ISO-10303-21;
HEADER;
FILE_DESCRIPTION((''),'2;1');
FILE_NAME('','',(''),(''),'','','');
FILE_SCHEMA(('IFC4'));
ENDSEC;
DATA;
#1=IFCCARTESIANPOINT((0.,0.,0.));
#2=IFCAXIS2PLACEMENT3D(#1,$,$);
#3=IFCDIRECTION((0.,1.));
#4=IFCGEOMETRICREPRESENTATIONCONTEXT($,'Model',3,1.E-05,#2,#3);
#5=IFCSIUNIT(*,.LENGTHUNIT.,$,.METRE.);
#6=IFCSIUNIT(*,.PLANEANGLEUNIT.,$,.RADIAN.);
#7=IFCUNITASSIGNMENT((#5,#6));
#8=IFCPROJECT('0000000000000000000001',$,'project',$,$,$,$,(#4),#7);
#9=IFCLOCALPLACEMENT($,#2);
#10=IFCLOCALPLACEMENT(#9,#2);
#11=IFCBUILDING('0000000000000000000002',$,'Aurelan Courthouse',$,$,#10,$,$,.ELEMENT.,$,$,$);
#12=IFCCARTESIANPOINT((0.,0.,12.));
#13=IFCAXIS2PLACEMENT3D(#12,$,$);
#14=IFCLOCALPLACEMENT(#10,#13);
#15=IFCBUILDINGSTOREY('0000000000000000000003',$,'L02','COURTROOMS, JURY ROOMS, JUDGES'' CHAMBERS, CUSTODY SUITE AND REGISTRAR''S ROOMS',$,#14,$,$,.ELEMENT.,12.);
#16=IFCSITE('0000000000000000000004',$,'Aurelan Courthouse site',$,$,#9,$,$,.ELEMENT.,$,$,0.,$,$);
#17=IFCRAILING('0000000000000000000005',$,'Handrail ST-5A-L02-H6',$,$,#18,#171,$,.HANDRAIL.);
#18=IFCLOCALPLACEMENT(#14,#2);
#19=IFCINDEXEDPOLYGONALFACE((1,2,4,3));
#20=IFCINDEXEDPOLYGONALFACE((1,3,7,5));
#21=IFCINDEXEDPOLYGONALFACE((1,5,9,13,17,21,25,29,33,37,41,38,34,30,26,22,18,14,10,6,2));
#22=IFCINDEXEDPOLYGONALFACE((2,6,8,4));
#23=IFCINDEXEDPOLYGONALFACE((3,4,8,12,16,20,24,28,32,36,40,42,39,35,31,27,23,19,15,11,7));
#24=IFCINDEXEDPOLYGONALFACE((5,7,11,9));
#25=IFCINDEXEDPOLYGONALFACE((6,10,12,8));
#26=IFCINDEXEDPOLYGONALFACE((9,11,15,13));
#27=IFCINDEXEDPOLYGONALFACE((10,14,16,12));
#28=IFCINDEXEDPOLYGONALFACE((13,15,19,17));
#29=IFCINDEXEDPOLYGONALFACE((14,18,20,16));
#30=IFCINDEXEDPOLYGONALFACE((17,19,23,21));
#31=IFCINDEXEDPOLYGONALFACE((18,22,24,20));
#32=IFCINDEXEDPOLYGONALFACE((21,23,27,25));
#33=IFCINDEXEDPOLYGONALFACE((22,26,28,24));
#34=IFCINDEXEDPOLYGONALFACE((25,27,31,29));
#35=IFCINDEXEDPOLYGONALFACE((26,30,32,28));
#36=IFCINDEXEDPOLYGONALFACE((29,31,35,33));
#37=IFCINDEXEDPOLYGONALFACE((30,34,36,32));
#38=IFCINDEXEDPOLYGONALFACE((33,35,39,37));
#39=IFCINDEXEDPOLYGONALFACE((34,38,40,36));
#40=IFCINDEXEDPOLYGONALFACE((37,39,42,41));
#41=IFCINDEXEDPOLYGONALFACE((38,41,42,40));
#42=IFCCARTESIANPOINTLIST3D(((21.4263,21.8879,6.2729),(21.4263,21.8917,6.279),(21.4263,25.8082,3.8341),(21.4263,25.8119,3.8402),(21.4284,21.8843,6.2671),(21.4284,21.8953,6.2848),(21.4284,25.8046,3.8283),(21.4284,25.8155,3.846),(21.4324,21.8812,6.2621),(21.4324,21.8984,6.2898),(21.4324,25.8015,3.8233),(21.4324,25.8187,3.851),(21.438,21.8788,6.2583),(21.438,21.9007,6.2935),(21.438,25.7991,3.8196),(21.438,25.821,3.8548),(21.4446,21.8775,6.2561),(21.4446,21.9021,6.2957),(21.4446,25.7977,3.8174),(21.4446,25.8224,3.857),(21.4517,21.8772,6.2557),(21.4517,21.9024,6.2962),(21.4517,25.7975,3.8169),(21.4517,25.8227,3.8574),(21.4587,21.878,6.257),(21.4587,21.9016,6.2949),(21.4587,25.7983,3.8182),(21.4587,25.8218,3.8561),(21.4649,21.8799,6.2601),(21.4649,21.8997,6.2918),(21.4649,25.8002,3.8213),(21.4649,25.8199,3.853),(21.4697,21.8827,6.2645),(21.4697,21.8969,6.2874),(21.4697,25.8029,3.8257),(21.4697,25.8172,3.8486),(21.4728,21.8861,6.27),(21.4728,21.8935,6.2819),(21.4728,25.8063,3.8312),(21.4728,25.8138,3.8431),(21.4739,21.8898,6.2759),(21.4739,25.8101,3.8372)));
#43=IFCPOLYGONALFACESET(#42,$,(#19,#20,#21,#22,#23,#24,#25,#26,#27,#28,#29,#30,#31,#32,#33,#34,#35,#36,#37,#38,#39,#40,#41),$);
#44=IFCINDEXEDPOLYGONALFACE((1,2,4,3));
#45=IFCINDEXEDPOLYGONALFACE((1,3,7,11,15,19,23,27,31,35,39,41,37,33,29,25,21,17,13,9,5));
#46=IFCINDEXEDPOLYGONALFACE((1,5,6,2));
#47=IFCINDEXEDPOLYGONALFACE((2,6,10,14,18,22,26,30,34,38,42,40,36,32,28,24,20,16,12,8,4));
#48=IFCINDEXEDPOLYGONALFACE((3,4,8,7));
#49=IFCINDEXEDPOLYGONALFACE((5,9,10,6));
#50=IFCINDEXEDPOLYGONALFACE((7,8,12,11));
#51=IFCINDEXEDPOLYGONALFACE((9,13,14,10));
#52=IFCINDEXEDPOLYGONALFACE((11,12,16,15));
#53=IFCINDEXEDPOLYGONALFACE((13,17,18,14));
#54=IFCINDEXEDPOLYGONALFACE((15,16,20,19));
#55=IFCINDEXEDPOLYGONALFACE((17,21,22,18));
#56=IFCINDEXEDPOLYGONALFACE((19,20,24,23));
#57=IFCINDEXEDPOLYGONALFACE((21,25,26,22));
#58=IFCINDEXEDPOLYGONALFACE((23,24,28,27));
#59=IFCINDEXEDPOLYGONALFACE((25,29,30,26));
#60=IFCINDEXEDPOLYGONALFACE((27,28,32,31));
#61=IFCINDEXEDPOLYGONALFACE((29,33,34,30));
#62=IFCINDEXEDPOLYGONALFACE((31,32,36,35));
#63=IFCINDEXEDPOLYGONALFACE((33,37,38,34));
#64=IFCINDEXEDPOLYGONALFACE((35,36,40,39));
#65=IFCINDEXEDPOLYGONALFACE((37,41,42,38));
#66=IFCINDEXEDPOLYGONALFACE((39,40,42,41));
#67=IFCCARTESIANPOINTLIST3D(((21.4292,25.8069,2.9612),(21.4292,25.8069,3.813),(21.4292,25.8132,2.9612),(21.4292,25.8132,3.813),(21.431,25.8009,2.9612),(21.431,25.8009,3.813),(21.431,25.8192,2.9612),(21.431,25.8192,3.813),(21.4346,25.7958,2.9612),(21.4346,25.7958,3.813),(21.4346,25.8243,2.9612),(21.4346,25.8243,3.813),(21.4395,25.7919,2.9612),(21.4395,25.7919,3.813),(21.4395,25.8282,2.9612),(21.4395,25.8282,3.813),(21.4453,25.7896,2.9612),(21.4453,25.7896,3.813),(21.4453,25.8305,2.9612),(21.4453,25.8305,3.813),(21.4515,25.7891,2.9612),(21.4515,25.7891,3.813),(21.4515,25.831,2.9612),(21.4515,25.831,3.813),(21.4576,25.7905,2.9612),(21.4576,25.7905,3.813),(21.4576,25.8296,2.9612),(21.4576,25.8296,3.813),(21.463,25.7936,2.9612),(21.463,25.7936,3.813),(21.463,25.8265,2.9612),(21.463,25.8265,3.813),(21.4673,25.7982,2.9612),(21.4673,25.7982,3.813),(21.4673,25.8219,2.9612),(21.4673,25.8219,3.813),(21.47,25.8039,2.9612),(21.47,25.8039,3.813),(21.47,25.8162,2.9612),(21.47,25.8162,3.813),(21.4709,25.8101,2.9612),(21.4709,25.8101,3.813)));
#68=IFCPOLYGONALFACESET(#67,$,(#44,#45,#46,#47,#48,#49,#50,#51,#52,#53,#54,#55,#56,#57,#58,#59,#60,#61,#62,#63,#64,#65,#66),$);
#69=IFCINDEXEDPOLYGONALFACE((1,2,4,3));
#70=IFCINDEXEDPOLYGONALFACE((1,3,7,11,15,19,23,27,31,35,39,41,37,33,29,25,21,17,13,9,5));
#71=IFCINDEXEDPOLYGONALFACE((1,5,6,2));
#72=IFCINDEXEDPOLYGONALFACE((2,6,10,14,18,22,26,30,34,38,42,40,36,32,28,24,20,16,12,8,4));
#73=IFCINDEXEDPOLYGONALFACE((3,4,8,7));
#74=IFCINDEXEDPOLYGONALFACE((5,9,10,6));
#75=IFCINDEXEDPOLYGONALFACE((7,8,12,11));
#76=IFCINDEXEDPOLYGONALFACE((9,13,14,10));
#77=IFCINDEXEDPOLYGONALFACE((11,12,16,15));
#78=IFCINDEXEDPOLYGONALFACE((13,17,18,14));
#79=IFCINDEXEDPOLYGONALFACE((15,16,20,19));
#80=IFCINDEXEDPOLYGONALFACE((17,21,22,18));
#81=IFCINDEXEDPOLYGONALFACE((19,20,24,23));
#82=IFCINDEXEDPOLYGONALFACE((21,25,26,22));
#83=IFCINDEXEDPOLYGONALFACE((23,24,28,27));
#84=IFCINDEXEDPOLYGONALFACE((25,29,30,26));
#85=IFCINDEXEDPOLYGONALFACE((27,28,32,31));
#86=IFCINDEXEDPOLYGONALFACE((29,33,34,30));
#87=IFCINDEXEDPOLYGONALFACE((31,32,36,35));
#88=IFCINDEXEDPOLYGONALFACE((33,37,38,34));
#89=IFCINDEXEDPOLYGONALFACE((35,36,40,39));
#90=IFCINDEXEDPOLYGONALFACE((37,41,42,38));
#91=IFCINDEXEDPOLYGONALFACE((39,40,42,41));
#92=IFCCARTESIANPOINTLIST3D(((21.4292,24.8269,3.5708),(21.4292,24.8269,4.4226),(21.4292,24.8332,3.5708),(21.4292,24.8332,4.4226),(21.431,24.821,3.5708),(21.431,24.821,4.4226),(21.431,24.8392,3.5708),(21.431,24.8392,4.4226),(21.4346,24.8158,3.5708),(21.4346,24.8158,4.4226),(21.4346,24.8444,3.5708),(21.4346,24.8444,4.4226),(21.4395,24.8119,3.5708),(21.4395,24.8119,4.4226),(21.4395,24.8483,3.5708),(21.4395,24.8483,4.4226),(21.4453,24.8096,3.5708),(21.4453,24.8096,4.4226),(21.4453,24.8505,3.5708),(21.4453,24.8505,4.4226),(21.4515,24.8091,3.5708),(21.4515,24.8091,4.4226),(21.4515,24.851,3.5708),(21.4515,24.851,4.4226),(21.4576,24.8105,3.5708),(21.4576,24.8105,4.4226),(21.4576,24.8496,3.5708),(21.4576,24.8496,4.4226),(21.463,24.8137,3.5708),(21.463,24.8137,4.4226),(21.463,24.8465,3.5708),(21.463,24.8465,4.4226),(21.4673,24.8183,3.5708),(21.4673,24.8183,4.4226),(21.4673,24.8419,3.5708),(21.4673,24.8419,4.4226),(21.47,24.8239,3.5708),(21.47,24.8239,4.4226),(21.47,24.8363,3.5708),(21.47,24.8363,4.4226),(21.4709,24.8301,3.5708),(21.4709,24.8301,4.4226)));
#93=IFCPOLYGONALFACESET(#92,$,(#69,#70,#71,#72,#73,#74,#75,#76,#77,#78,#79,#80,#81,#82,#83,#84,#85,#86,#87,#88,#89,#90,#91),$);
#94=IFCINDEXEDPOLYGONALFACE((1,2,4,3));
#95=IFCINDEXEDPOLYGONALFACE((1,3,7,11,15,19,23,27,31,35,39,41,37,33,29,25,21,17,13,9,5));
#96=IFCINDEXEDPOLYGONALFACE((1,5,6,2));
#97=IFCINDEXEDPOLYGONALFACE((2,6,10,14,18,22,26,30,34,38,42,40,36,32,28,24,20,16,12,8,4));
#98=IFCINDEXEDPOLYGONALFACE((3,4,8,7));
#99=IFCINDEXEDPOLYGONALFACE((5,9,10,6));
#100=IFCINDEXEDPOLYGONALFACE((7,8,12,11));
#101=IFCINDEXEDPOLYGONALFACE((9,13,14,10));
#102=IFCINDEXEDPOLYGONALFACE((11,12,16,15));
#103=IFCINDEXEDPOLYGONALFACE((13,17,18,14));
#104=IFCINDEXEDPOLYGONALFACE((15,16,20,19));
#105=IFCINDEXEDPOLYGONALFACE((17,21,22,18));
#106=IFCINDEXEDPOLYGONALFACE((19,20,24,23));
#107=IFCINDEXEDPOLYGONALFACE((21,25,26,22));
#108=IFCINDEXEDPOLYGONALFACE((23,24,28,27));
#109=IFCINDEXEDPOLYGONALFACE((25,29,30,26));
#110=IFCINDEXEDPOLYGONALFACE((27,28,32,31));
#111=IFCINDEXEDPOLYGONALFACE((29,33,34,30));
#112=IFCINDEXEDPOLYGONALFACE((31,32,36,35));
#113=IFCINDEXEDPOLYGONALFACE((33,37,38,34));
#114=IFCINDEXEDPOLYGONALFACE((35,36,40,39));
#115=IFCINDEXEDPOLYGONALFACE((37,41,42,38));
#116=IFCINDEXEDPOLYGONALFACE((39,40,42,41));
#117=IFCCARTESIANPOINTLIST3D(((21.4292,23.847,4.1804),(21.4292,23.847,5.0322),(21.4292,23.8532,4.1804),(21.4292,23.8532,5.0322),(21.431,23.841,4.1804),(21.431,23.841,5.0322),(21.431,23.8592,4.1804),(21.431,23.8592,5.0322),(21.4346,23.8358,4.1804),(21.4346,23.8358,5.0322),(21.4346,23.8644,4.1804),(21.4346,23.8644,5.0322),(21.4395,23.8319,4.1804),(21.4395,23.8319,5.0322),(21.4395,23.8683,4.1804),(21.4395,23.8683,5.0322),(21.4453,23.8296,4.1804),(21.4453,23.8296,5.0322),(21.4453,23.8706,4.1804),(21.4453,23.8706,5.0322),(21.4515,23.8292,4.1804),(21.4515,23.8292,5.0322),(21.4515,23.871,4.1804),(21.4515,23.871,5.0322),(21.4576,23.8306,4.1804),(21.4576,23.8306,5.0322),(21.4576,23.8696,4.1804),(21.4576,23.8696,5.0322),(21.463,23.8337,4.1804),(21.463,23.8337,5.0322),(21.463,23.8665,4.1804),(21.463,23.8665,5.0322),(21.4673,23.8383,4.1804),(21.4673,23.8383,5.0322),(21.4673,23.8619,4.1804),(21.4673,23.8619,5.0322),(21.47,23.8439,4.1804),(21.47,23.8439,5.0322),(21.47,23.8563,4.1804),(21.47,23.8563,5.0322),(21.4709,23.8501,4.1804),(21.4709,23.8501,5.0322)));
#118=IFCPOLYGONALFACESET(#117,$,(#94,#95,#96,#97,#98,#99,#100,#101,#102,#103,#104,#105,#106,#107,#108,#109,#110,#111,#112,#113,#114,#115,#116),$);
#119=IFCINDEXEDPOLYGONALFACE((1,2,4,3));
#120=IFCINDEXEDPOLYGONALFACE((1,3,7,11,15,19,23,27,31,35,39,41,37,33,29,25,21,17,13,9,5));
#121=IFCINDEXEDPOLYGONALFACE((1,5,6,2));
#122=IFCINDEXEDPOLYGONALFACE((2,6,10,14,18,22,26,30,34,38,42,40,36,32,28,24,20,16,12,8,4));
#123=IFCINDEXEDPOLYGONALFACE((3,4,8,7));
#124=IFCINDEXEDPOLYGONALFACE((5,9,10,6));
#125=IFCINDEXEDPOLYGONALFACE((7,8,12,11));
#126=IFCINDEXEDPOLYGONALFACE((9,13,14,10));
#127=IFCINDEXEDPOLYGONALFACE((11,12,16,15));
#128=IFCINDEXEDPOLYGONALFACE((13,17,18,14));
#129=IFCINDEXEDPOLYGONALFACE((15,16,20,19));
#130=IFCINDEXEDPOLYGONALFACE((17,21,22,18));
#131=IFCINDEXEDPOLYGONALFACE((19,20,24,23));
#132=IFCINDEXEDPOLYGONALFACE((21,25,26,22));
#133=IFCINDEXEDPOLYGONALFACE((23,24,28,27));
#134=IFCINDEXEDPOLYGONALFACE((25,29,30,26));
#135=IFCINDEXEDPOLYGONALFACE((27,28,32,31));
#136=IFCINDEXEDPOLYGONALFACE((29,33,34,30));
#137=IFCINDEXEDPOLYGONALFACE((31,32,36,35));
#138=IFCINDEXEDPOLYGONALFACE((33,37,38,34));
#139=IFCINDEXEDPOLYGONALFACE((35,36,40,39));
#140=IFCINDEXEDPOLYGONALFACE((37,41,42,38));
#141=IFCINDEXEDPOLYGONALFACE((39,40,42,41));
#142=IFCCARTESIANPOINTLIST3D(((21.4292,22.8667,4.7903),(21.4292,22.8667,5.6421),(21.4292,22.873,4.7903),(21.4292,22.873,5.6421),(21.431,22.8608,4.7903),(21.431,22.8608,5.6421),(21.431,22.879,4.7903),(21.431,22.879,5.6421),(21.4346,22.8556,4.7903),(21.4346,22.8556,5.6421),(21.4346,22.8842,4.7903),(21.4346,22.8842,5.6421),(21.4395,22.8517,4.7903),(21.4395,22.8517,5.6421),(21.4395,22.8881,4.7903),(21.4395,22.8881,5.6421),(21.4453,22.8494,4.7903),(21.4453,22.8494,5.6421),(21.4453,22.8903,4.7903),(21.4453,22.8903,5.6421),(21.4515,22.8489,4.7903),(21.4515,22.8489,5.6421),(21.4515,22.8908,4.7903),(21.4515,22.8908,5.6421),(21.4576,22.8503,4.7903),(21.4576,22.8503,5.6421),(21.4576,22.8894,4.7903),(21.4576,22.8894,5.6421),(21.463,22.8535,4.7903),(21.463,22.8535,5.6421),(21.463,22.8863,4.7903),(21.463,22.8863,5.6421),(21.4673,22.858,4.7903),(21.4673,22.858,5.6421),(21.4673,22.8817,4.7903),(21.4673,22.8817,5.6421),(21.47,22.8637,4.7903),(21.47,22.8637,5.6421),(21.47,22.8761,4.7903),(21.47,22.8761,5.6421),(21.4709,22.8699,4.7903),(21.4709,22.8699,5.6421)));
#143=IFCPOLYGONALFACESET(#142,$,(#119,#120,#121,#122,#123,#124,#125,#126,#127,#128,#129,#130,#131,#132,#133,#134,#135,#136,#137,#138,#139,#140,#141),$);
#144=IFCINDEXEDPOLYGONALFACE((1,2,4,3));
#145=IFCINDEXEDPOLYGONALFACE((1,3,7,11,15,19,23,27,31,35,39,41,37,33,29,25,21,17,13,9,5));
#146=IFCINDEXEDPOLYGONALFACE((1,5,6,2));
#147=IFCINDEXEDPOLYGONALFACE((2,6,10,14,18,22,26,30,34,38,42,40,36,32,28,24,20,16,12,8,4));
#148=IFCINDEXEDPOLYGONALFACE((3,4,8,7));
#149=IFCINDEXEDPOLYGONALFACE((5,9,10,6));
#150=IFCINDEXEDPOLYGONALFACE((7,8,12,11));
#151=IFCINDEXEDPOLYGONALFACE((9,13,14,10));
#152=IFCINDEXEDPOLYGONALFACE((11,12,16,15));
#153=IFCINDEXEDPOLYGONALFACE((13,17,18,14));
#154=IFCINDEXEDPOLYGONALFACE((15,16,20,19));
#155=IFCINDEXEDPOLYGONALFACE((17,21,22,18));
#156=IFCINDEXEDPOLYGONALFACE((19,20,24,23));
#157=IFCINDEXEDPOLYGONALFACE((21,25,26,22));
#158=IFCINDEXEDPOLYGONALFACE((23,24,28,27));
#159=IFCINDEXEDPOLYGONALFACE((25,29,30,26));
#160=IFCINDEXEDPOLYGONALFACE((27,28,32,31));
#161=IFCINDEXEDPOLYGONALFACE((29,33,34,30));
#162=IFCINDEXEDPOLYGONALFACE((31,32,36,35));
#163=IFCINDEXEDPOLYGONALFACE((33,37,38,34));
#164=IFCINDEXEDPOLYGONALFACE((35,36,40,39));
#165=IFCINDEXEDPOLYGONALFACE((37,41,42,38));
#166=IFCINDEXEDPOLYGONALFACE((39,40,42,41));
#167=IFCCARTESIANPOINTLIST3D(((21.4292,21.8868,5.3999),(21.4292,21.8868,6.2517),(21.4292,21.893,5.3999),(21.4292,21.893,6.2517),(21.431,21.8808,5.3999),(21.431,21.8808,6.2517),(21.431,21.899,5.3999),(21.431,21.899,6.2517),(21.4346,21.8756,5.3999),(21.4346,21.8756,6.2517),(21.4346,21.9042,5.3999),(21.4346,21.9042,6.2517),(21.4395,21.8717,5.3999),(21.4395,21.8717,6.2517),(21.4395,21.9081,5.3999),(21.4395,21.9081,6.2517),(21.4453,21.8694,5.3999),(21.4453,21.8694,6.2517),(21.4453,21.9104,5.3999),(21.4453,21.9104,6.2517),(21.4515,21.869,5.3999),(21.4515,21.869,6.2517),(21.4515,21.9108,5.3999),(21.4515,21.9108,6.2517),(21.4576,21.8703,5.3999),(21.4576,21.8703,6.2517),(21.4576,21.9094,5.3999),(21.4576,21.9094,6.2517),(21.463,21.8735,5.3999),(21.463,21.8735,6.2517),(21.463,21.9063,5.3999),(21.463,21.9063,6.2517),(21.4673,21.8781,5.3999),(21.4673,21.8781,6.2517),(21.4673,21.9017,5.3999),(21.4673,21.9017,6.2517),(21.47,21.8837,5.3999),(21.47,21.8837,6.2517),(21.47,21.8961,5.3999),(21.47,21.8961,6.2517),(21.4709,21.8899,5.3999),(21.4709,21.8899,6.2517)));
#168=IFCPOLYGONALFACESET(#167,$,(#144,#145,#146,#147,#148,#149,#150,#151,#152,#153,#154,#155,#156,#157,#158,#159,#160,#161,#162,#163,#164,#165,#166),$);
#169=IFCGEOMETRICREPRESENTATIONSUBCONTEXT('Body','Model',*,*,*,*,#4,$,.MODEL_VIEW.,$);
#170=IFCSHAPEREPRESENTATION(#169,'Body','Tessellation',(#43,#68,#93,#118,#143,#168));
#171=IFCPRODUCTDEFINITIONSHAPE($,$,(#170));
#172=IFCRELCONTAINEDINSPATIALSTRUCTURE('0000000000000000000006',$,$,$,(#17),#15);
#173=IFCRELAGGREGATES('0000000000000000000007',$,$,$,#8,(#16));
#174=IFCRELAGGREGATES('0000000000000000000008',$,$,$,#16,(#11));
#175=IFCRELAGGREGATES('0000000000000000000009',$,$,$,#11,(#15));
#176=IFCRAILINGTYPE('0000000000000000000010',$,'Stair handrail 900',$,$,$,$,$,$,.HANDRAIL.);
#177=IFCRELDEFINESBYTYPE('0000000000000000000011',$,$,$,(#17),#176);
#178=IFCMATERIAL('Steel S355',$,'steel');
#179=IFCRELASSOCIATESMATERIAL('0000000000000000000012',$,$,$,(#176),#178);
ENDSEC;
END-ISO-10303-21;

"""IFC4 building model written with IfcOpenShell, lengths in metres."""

from ifc_helpers import new_model, si_unit, direction, frame, origin, origin_2d, place, context, subcontext, project, spatial, circle, extrude, material, type_object, element, save


model = new_model("IFC4")

# Units and contexts
model_context = context("Model", 3, precision=1e-05, world=origin(), true_north=direction((0.0, 1.0)))
body_context = subcontext(model_context, "Body", "Model", "MODEL_VIEW")
ifc_project = project(units=[si_unit("LENGTHUNIT", "METRE"), si_unit("PLANEANGLEUNIT", "RADIAN")], contexts=[model_context])

# Site, building, storey
site_placement = place(None, origin())
site = spatial("IfcSite", under=ifc_project, at=site_placement, Name="Aurelan Courthouse site", CompositionType="ELEMENT", RefElevation=0.0)
building_placement = place(site_placement, origin())
building = spatial("IfcBuilding", under=site, at=building_placement, Name="Aurelan Courthouse", CompositionType="ELEMENT")
storey_placement = place(building_placement, frame((0.0, 0.0, 12.0)))
storey = spatial("IfcBuildingStorey", under=building, at=storey_placement, Name="L02", Description="COURTROOMS, JURY ROOMS, JUDGES' CHAMBERS, CUSTODY SUITE AND REGISTRAR'S ROOMS", CompositionType="ELEMENT", Elevation=12.0)

# Railing
ifc_material_1 = material(Name="Steel S355", Category="steel")
railing_type_1 = type_object("IfcRailingType", Name="Stair handrail 900", PredefinedType="HANDRAIL", material=ifc_material_1)
for number, where, name in (
    (1, (21.45, 25.8101, 2.9612), "Handrail ST-5A-L02-H6"),
):
    element("IfcRailing", number, at=place(storey_placement, frame(where)), inside=storey, type_object=railing_type_1, Name=name, PredefinedType="HANDRAIL", context=body_context, shape_type="SweptSolid", body=[
        extrude(circle(Radius=0.0239, at=origin_2d()), frame((0.0, 0.0, 0.876), z_axis=(0.0, -0.849105, 0.528225), x_axis=(1.0, 0.0, 0.0)), (0.0, 0.0, 1.0), 4.6169),
        extrude(circle(Radius=0.021, at=origin_2d()), origin(), (0.0, 0.0, 1.0), 0.8518),
        extrude(circle(Radius=0.021, at=origin_2d()), frame((0.0, -0.98, 0.6096)), (0.0, 0.0, 1.0), 0.8518),
        extrude(circle(Radius=0.021, at=origin_2d()), frame((0.0, -1.96, 1.2192)), (0.0, 0.0, 1.0), 0.8518),
        extrude(circle(Radius=0.021, at=origin_2d()), frame((0.0, -2.9402, 1.8291)), (0.0, 0.0, 1.0), 0.8518),
        extrude(circle(Radius=0.021, at=origin_2d()), frame((0.0, -3.9202, 2.4387)), (0.0, 0.0, 1.0), 0.8518),
    ])

save(model, "model.ifc")
